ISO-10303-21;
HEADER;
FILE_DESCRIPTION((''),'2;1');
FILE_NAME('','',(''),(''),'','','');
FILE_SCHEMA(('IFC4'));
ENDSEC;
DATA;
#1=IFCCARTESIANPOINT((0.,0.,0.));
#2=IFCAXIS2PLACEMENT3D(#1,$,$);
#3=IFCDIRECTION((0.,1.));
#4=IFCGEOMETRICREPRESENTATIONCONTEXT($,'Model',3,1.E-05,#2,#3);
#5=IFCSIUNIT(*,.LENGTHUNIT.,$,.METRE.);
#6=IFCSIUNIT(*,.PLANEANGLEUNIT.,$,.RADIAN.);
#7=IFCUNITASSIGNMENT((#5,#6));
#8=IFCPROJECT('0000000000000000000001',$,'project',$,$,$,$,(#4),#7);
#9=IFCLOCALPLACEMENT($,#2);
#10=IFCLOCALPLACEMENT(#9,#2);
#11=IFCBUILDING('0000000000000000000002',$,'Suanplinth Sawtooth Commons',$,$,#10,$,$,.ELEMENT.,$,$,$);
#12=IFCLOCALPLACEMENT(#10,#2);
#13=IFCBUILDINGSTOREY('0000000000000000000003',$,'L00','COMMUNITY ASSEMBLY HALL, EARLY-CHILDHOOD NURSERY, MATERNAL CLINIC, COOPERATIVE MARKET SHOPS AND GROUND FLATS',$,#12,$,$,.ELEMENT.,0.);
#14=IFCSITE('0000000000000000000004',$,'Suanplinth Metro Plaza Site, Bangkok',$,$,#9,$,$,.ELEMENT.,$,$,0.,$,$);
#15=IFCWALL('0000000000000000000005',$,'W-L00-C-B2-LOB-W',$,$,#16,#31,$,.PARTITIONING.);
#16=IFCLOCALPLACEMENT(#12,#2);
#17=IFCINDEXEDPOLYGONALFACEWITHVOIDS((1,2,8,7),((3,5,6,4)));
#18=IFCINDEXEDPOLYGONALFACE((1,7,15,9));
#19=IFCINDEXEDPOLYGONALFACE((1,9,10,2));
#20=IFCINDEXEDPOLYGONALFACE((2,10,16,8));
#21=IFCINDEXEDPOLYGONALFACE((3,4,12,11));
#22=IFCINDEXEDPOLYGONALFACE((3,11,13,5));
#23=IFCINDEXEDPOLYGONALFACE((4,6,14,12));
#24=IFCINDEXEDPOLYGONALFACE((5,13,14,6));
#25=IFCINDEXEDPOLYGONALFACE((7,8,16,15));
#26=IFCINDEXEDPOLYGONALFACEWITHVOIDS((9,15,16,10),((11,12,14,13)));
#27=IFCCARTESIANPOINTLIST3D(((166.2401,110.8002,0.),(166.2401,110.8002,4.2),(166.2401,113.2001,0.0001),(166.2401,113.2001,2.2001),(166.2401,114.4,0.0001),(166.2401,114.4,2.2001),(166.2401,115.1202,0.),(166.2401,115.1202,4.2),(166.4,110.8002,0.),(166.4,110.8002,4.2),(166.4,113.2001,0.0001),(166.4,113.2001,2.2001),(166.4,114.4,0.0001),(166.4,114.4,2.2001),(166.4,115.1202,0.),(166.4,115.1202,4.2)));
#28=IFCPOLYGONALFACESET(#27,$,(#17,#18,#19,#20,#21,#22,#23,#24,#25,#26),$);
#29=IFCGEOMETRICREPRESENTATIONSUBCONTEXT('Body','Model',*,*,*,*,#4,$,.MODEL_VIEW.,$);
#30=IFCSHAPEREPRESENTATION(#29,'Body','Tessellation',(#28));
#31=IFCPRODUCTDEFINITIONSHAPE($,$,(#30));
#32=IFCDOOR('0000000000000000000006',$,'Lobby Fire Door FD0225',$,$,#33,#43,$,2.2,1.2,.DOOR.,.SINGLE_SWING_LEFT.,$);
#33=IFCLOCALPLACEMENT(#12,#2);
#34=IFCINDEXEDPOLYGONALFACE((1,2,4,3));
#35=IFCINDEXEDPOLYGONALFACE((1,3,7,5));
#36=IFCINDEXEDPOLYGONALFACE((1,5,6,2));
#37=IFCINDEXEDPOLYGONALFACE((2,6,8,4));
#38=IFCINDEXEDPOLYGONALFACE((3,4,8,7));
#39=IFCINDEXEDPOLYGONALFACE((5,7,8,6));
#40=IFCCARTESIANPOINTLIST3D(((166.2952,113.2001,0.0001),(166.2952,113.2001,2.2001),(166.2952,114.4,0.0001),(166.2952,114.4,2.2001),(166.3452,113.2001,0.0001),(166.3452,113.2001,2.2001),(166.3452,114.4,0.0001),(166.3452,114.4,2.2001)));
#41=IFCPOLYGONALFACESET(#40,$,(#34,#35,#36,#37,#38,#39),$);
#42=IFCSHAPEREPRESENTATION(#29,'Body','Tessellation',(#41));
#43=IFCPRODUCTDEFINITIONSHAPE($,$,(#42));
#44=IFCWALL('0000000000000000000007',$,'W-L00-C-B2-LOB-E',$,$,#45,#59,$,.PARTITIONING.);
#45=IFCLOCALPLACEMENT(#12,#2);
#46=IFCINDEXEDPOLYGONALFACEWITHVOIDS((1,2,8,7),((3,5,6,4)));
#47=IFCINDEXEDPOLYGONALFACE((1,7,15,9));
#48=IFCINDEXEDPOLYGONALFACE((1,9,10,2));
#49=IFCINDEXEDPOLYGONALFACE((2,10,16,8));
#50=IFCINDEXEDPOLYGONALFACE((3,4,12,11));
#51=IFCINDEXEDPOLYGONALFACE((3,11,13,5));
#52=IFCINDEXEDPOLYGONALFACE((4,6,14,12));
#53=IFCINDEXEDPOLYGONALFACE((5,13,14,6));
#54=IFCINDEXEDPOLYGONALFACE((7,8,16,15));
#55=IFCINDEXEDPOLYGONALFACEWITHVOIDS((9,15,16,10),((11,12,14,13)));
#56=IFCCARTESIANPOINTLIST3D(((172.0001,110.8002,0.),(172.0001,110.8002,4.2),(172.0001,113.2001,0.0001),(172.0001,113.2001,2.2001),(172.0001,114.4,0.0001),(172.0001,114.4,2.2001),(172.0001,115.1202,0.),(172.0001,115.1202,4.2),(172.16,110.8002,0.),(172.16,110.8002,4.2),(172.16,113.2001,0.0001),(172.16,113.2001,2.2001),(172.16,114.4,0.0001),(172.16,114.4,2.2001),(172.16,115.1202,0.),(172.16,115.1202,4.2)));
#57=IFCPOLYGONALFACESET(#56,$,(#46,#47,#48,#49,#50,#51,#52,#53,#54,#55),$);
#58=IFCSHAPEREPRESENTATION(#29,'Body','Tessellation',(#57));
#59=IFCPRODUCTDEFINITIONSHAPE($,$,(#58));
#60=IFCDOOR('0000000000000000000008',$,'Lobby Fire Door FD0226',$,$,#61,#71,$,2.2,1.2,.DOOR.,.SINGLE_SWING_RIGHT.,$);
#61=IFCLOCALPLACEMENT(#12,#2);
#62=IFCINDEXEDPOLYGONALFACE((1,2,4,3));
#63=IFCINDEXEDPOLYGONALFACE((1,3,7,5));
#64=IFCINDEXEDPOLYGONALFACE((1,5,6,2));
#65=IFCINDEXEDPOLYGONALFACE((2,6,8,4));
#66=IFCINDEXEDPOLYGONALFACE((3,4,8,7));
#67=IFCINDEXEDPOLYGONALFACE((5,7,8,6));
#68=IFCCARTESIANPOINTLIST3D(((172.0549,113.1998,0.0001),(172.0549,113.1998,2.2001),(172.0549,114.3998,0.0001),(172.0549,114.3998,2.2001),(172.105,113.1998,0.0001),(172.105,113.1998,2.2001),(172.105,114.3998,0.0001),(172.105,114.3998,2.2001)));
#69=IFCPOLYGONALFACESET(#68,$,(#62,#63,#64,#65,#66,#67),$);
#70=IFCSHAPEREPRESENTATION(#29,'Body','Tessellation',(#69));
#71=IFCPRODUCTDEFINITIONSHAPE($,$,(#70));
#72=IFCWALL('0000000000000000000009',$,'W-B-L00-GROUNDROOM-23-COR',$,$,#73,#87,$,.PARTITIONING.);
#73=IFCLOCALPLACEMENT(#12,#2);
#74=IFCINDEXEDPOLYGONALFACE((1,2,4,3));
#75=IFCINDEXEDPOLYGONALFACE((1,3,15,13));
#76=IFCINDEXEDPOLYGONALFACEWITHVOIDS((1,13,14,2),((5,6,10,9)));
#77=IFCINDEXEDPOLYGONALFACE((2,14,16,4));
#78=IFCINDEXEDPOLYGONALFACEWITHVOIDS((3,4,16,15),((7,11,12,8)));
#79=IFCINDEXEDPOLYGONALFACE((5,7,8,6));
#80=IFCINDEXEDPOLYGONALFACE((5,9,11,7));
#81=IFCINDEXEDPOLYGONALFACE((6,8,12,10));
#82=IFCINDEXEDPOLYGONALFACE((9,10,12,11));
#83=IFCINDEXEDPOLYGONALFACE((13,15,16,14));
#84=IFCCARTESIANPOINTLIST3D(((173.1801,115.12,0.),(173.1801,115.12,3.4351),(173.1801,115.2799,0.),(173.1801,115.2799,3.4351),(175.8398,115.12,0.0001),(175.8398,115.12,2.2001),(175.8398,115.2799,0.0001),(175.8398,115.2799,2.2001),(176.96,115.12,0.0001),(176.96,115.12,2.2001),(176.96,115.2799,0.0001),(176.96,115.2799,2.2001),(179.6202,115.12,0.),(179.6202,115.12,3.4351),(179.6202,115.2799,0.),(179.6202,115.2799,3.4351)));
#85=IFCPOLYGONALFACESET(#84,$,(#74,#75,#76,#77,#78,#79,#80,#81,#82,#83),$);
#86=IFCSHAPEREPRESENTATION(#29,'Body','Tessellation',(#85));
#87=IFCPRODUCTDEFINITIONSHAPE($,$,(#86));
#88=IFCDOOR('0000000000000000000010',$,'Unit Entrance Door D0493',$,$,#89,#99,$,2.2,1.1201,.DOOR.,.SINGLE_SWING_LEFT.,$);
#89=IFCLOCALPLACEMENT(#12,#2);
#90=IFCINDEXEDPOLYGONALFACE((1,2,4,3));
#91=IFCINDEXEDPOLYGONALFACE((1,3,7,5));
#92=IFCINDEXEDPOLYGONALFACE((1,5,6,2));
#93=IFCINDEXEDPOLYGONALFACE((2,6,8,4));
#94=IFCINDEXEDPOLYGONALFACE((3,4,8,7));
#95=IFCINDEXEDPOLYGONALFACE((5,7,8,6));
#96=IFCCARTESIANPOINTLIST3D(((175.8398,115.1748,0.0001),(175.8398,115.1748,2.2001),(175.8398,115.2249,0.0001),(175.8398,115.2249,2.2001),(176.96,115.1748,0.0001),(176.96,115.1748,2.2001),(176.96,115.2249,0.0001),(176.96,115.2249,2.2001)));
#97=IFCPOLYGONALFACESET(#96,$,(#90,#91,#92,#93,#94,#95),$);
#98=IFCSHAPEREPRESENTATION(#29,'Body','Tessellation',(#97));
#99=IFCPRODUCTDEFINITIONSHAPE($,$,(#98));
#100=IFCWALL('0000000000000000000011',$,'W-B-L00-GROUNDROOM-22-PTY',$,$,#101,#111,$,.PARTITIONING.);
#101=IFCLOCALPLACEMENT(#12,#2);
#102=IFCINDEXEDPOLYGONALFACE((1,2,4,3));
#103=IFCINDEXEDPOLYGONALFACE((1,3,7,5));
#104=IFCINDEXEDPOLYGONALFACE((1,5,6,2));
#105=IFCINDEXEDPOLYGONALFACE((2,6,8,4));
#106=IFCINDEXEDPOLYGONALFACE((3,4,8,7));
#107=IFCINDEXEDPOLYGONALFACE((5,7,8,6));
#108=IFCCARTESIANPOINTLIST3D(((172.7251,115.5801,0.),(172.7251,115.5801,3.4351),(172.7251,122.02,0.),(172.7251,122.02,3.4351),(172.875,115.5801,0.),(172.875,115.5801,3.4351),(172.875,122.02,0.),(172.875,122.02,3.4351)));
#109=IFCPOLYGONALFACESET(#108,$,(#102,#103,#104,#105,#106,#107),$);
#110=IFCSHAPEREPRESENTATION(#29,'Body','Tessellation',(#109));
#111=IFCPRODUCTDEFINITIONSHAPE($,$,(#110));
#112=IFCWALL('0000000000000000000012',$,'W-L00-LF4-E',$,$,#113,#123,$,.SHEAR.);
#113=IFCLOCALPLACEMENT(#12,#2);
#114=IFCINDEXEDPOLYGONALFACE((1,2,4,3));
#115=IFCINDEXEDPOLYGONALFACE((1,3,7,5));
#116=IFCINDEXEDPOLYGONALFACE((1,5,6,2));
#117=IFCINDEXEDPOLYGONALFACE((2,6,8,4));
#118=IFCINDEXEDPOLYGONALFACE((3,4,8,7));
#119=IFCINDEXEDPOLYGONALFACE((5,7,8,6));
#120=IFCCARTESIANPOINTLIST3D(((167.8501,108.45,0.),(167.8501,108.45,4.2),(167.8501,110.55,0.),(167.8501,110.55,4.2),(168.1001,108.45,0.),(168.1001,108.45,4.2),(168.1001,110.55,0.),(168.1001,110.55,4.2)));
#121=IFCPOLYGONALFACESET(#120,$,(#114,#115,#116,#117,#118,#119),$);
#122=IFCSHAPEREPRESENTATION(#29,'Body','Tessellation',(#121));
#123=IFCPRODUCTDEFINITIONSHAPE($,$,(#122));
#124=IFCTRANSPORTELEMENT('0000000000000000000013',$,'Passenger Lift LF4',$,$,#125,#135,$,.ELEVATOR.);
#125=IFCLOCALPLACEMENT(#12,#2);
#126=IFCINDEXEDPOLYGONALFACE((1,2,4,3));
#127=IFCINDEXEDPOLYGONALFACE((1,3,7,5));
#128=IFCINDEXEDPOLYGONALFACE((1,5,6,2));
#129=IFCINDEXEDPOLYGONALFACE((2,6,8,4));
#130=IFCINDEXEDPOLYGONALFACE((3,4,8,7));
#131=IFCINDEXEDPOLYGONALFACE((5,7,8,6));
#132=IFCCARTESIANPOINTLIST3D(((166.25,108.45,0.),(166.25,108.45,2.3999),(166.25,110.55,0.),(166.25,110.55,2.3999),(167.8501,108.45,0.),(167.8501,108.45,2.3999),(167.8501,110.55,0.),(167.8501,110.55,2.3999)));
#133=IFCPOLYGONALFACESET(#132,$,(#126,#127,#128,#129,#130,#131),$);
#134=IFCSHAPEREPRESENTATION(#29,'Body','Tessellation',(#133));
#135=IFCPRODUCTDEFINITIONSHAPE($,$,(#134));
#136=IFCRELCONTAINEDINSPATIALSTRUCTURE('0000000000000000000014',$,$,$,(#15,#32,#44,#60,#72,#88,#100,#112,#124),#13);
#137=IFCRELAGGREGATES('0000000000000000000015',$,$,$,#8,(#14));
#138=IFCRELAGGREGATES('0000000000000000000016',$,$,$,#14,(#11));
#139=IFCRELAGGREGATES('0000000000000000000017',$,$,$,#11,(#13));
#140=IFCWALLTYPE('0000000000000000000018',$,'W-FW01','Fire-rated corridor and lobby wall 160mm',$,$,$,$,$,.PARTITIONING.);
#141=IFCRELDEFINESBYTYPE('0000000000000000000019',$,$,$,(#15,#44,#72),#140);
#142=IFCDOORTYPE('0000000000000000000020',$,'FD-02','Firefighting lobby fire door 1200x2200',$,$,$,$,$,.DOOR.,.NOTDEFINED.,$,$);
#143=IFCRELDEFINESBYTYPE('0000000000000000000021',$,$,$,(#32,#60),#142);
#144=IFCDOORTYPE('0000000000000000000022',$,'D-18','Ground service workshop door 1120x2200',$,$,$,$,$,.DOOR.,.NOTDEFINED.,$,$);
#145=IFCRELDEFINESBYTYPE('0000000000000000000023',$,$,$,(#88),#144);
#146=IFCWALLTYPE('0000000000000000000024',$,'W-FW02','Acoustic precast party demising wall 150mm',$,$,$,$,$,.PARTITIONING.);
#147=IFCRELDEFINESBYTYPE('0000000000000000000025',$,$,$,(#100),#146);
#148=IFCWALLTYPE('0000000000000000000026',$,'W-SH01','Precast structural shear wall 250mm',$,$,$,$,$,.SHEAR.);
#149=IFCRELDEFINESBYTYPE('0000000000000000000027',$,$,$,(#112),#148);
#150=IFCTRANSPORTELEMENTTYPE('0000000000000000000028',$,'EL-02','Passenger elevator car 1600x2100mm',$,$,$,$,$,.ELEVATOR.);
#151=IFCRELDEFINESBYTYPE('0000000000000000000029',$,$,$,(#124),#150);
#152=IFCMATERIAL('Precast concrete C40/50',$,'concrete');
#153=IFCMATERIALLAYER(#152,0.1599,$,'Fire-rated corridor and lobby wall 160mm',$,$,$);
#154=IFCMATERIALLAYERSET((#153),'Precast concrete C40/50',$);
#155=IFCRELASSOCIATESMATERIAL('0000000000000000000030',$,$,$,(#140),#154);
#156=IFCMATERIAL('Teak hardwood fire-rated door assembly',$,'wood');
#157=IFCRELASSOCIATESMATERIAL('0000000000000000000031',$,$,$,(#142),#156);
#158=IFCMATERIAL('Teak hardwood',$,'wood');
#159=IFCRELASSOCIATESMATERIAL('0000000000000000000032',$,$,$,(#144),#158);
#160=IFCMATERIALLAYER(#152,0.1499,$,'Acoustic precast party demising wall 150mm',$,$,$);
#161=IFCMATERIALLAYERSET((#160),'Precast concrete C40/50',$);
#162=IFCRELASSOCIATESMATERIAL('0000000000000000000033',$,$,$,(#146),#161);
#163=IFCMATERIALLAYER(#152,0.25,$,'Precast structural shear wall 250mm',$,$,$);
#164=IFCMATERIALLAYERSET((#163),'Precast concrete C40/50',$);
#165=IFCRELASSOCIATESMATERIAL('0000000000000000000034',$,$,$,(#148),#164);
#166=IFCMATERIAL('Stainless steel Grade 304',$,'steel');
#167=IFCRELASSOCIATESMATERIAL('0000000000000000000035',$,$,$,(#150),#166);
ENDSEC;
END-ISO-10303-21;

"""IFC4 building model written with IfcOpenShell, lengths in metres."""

from ifc_helpers import new_model, si_unit, direction, frame, frame_2d, origin, origin_2d, place, context, subcontext, project, spatial, rectangle, extrude, material, layer, layer_set, type_object, element, fill, save


model = new_model("IFC4")

# Units and contexts
model_context = context("Model", 3, precision=1e-05, world=origin(), true_north=direction((0.0, 1.0)))
body_context = subcontext(model_context, "Body", "Model", "MODEL_VIEW")
ifc_project = project(units=[si_unit("LENGTHUNIT", "METRE"), si_unit("PLANEANGLEUNIT", "RADIAN")], contexts=[model_context])

# Site, building, storey
site_placement = place(None, origin())
site = spatial("IfcSite", under=ifc_project, at=site_placement, Name="Suanplinth Metro Plaza Site, Bangkok", CompositionType="ELEMENT", RefElevation=0.0)
building_placement = place(site_placement, origin())
building = spatial("IfcBuilding", under=site, at=building_placement, Name="Suanplinth Sawtooth Commons", CompositionType="ELEMENT")
storey_placement = place(building_placement, origin())
storey = spatial("IfcBuildingStorey", under=building, at=storey_placement, Name="L00", Description="COMMUNITY ASSEMBLY HALL, EARLY-CHILDHOOD NURSERY, MATERNAL CLINIC, COOPERATIVE MARKET SHOPS AND GROUND FLATS", CompositionType="ELEMENT", Elevation=0.0)

# Walls, openings, doors
ifc_material_1 = material(Name="Precast concrete C40/50", Category="concrete")
ifc_layer_1 = layer(ifc_material_1, 0.1599, Name="Fire-rated corridor and lobby wall 160mm")
ifc_layer_set_1 = layer_set([ifc_layer_1], Name="Precast concrete C40/50")
wall_type_1 = type_object("IfcWallType", Name="W-FW01", Description="Fire-rated corridor and lobby wall 160mm", PredefinedType="PARTITIONING", material=ifc_layer_set_1)
wall_1_placement = place(storey_placement, frame((166.3201, 110.8, 0.0), z_axis=(0.0, 0.0, 1.0), x_axis=(0.0, 1.0, 0.0)))
wall_1 = element("IfcWall", 1, at=wall_1_placement, inside=storey, type_object=wall_type_1, Name="W-L00-C-B2-LOB-W", PredefinedType="PARTITIONING", context=body_context, shape_type="SweptSolid", body=[
    extrude(rectangle(XDim=4.3201, YDim=0.1599, at=frame_2d((2.1602, 0.0))), origin(), (0.0, 0.0, 1.0), 4.2),
])
opening_1_placement = place(wall_1_placement, frame((2.3999, 0.0, 0.0)))
opening_1 = element("IfcOpeningElement", 2, at=opening_1_placement, cuts=wall_1, PredefinedType="OPENING", context=body_context, shape_type="SweptSolid", body=[
    extrude(rectangle(XDim=1.2, YDim=2.2, at=frame_2d((0.6001, 1.1001))), frame((0.0, 0.0947, 0.0), z_axis=(0.0, -1.0, 0.0), x_axis=(1.0, 0.0, 0.0)), (0.0, 0.0, 1.0), 0.1897),
])
ifc_material_2 = material(Name="Teak hardwood fire-rated door assembly", Category="wood")
door_type_1 = type_object("IfcDoorType", Name="FD-02", Description="Firefighting lobby fire door 1200x2200", OperationType="NOTDEFINED", PredefinedType="DOOR", material=ifc_material_2)
door_1_placement = place(opening_1_placement, origin())
door_1 = element("IfcDoor", 3, at=door_1_placement, inside=storey, type_object=door_type_1, Name="Lobby Fire Door FD0225", OperationType="SINGLE_SWING_LEFT", OverallHeight=2.2, OverallWidth=1.2, PredefinedType="DOOR", context=body_context, shape_type="SweptSolid", body=[
    extrude(rectangle(XDim=1.2, YDim=2.2, at=frame_2d((0.6001, 1.1001))), frame((0.0, 0.0249, 0.0), z_axis=(0.0, -1.0, 0.0), x_axis=(1.0, 0.0, 0.0)), (0.0, 0.0, 1.0), 0.05),
])
fill(opening_1, door_1)
wall_2_placement = place(storey_placement, frame((172.0801, 110.8, 0.0), z_axis=(0.0, 0.0, 1.0), x_axis=(0.0, 1.0, 0.0)))
wall_2 = element("IfcWall", 4, at=wall_2_placement, inside=storey, type_object=wall_type_1, Name="W-L00-C-B2-LOB-E", PredefinedType="PARTITIONING", context=body_context, shape_type="SweptSolid", body=[
    extrude(rectangle(XDim=4.3201, YDim=0.1599, at=frame_2d((2.1602, 0.0))), origin(), (0.0, 0.0, 1.0), 4.2),
])
opening_2_placement = place(wall_2_placement, frame((2.3999, 0.0, 0.0)))
opening_2 = element("IfcOpeningElement", 5, at=opening_2_placement, cuts=wall_2, PredefinedType="OPENING", context=body_context, shape_type="SweptSolid", body=[
    extrude(rectangle(XDim=1.2, YDim=2.2, at=frame_2d((0.6001, 1.1001))), frame((0.0, 0.0947, 0.0), z_axis=(0.0, -1.0, 0.0), x_axis=(1.0, 0.0, 0.0)), (0.0, 0.0, 1.0), 0.1897),
])
door_2_placement = place(opening_2_placement, frame((1.2, 0.0, 0.0), z_axis=(0.0, 0.0, 1.0), x_axis=(-1.0, 0.0, 0.0)))
door_2 = element("IfcDoor", 6, at=door_2_placement, inside=storey, type_object=door_type_1, Name="Lobby Fire Door FD0226", OperationType="SINGLE_SWING_RIGHT", OverallHeight=2.2, OverallWidth=1.2, PredefinedType="DOOR", context=body_context, shape_type="SweptSolid", body=[
    extrude(rectangle(XDim=1.2, YDim=2.2, at=frame_2d((0.6001, 1.1001))), frame((0.0, 0.0249, 0.0), z_axis=(0.0, -1.0, 0.0), x_axis=(1.0, 0.0, 0.0)), (0.0, 0.0, 1.0), 0.05),
])
fill(opening_2, door_2)
wall_3_placement = place(storey_placement, frame((173.1799, 115.2, 0.0), z_axis=(0.0, 0.0, 1.0), x_axis=(1.0, 0.0, 0.0)))
wall_3 = element("IfcWall", 7, at=wall_3_placement, inside=storey, type_object=wall_type_1, Name="W-B-L00-GROUNDROOM-23-COR", PredefinedType="PARTITIONING", context=body_context, shape_type="SweptSolid", body=[
    extrude(rectangle(XDim=6.4402, YDim=0.1599, at=frame_2d((3.2202, 0.0))), origin(), (0.0, 0.0, 1.0), 3.4351),
])
opening_3_placement = place(wall_3_placement, frame((2.6599, 0.0, 0.0)))
opening_3 = element("IfcOpeningElement", 8, at=opening_3_placement, cuts=wall_3, PredefinedType="OPENING", context=body_context, shape_type="SweptSolid", body=[
    extrude(rectangle(XDim=1.1201, YDim=2.2, at=frame_2d((0.5601, 1.1001))), frame((0.0, 0.0947, 0.0), z_axis=(0.0, -1.0, 0.0), x_axis=(1.0, 0.0, 0.0)), (0.0, 0.0, 1.0), 0.1897),
])
ifc_material_3 = material(Name="Teak hardwood", Category="wood")
door_type_2 = type_object("IfcDoorType", Name="D-18", Description="Ground service workshop door 1120x2200", OperationType="NOTDEFINED", PredefinedType="DOOR", material=ifc_material_3)
door_3_placement = place(opening_3_placement, origin())
door_3 = element("IfcDoor", 9, at=door_3_placement, inside=storey, type_object=door_type_2, Name="Unit Entrance Door D0493", OperationType="SINGLE_SWING_LEFT", OverallHeight=2.2, OverallWidth=1.1201, PredefinedType="DOOR", context=body_context, shape_type="SweptSolid", body=[
    extrude(rectangle(XDim=1.1201, YDim=2.2, at=frame_2d((0.5601, 1.1001))), frame((0.0, 0.0249, 0.0), z_axis=(0.0, -1.0, 0.0), x_axis=(1.0, 0.0, 0.0)), (0.0, 0.0, 1.0), 0.05),
])
fill(opening_3, door_3)

# Walls
ifc_layer_2 = layer(ifc_material_1, 0.1499, Name="Acoustic precast party demising wall 150mm")
ifc_layer_set_2 = layer_set([ifc_layer_2], Name="Precast concrete C40/50")
wall_type_2 = type_object("IfcWallType", Name="W-FW02", Description="Acoustic precast party demising wall 150mm", PredefinedType="PARTITIONING", material=ifc_layer_set_2)
wall_4_placement = place(storey_placement, frame((172.8, 115.5801, 0.0), z_axis=(0.0, 0.0, 1.0), x_axis=(0.0, 1.0, 0.0)))
element("IfcWall", 10, at=wall_4_placement, inside=storey, type_object=wall_type_2, Name="W-B-L00-GROUNDROOM-22-PTY", PredefinedType="PARTITIONING", context=body_context, shape_type="SweptSolid", body=[
    extrude(rectangle(XDim=6.4399, YDim=0.1499, at=frame_2d((3.22, 0.0))), origin(), (0.0, 0.0, 1.0), 3.4351),
])
ifc_layer_3 = layer(ifc_material_1, 0.25, Name="Precast structural shear wall 250mm")
ifc_layer_set_3 = layer_set([ifc_layer_3], Name="Precast concrete C40/50")
wall_type_3 = type_object("IfcWallType", Name="W-SH01", Description="Precast structural shear wall 250mm", PredefinedType="SHEAR", material=ifc_layer_set_3)
wall_5_placement = place(storey_placement, frame((167.9751, 108.45, 0.0), z_axis=(0.0, 0.0, 1.0), x_axis=(0.0, 1.0, 0.0)))
element("IfcWall", 11, at=wall_5_placement, inside=storey, type_object=wall_type_3, Name="W-L00-LF4-E", PredefinedType="SHEAR", context=body_context, shape_type="SweptSolid", body=[
    extrude(rectangle(XDim=2.1001, YDim=0.25, at=frame_2d((1.05, 0.0))), origin(), (0.0, 0.0, 1.0), 4.2),
])

# Transport element
ifc_material_4 = material(Name="Stainless steel Grade 304", Category="steel")
transport_element_type = type_object("IfcTransportElementType", Name="EL-02", Description="Passenger elevator car 1600x2100mm", PredefinedType="ELEVATOR", material=ifc_material_4)
transport_element_placement = place(storey_placement, frame((167.05, 109.5, 0.0), z_axis=(0.0, 0.0, 1.0), x_axis=(1.0, 0.0, 0.0)))
element("IfcTransportElement", 12, at=transport_element_placement, inside=storey, type_object=transport_element_type, Name="Passenger Lift LF4", PredefinedType="ELEVATOR", context=body_context, shape_type="SweptSolid", body=[
    extrude(rectangle(XDim=1.6001, YDim=2.1001, at=origin_2d()), origin(), (0.0, 0.0, 1.0), 2.3999),
])

save(model, "model.ifc")
